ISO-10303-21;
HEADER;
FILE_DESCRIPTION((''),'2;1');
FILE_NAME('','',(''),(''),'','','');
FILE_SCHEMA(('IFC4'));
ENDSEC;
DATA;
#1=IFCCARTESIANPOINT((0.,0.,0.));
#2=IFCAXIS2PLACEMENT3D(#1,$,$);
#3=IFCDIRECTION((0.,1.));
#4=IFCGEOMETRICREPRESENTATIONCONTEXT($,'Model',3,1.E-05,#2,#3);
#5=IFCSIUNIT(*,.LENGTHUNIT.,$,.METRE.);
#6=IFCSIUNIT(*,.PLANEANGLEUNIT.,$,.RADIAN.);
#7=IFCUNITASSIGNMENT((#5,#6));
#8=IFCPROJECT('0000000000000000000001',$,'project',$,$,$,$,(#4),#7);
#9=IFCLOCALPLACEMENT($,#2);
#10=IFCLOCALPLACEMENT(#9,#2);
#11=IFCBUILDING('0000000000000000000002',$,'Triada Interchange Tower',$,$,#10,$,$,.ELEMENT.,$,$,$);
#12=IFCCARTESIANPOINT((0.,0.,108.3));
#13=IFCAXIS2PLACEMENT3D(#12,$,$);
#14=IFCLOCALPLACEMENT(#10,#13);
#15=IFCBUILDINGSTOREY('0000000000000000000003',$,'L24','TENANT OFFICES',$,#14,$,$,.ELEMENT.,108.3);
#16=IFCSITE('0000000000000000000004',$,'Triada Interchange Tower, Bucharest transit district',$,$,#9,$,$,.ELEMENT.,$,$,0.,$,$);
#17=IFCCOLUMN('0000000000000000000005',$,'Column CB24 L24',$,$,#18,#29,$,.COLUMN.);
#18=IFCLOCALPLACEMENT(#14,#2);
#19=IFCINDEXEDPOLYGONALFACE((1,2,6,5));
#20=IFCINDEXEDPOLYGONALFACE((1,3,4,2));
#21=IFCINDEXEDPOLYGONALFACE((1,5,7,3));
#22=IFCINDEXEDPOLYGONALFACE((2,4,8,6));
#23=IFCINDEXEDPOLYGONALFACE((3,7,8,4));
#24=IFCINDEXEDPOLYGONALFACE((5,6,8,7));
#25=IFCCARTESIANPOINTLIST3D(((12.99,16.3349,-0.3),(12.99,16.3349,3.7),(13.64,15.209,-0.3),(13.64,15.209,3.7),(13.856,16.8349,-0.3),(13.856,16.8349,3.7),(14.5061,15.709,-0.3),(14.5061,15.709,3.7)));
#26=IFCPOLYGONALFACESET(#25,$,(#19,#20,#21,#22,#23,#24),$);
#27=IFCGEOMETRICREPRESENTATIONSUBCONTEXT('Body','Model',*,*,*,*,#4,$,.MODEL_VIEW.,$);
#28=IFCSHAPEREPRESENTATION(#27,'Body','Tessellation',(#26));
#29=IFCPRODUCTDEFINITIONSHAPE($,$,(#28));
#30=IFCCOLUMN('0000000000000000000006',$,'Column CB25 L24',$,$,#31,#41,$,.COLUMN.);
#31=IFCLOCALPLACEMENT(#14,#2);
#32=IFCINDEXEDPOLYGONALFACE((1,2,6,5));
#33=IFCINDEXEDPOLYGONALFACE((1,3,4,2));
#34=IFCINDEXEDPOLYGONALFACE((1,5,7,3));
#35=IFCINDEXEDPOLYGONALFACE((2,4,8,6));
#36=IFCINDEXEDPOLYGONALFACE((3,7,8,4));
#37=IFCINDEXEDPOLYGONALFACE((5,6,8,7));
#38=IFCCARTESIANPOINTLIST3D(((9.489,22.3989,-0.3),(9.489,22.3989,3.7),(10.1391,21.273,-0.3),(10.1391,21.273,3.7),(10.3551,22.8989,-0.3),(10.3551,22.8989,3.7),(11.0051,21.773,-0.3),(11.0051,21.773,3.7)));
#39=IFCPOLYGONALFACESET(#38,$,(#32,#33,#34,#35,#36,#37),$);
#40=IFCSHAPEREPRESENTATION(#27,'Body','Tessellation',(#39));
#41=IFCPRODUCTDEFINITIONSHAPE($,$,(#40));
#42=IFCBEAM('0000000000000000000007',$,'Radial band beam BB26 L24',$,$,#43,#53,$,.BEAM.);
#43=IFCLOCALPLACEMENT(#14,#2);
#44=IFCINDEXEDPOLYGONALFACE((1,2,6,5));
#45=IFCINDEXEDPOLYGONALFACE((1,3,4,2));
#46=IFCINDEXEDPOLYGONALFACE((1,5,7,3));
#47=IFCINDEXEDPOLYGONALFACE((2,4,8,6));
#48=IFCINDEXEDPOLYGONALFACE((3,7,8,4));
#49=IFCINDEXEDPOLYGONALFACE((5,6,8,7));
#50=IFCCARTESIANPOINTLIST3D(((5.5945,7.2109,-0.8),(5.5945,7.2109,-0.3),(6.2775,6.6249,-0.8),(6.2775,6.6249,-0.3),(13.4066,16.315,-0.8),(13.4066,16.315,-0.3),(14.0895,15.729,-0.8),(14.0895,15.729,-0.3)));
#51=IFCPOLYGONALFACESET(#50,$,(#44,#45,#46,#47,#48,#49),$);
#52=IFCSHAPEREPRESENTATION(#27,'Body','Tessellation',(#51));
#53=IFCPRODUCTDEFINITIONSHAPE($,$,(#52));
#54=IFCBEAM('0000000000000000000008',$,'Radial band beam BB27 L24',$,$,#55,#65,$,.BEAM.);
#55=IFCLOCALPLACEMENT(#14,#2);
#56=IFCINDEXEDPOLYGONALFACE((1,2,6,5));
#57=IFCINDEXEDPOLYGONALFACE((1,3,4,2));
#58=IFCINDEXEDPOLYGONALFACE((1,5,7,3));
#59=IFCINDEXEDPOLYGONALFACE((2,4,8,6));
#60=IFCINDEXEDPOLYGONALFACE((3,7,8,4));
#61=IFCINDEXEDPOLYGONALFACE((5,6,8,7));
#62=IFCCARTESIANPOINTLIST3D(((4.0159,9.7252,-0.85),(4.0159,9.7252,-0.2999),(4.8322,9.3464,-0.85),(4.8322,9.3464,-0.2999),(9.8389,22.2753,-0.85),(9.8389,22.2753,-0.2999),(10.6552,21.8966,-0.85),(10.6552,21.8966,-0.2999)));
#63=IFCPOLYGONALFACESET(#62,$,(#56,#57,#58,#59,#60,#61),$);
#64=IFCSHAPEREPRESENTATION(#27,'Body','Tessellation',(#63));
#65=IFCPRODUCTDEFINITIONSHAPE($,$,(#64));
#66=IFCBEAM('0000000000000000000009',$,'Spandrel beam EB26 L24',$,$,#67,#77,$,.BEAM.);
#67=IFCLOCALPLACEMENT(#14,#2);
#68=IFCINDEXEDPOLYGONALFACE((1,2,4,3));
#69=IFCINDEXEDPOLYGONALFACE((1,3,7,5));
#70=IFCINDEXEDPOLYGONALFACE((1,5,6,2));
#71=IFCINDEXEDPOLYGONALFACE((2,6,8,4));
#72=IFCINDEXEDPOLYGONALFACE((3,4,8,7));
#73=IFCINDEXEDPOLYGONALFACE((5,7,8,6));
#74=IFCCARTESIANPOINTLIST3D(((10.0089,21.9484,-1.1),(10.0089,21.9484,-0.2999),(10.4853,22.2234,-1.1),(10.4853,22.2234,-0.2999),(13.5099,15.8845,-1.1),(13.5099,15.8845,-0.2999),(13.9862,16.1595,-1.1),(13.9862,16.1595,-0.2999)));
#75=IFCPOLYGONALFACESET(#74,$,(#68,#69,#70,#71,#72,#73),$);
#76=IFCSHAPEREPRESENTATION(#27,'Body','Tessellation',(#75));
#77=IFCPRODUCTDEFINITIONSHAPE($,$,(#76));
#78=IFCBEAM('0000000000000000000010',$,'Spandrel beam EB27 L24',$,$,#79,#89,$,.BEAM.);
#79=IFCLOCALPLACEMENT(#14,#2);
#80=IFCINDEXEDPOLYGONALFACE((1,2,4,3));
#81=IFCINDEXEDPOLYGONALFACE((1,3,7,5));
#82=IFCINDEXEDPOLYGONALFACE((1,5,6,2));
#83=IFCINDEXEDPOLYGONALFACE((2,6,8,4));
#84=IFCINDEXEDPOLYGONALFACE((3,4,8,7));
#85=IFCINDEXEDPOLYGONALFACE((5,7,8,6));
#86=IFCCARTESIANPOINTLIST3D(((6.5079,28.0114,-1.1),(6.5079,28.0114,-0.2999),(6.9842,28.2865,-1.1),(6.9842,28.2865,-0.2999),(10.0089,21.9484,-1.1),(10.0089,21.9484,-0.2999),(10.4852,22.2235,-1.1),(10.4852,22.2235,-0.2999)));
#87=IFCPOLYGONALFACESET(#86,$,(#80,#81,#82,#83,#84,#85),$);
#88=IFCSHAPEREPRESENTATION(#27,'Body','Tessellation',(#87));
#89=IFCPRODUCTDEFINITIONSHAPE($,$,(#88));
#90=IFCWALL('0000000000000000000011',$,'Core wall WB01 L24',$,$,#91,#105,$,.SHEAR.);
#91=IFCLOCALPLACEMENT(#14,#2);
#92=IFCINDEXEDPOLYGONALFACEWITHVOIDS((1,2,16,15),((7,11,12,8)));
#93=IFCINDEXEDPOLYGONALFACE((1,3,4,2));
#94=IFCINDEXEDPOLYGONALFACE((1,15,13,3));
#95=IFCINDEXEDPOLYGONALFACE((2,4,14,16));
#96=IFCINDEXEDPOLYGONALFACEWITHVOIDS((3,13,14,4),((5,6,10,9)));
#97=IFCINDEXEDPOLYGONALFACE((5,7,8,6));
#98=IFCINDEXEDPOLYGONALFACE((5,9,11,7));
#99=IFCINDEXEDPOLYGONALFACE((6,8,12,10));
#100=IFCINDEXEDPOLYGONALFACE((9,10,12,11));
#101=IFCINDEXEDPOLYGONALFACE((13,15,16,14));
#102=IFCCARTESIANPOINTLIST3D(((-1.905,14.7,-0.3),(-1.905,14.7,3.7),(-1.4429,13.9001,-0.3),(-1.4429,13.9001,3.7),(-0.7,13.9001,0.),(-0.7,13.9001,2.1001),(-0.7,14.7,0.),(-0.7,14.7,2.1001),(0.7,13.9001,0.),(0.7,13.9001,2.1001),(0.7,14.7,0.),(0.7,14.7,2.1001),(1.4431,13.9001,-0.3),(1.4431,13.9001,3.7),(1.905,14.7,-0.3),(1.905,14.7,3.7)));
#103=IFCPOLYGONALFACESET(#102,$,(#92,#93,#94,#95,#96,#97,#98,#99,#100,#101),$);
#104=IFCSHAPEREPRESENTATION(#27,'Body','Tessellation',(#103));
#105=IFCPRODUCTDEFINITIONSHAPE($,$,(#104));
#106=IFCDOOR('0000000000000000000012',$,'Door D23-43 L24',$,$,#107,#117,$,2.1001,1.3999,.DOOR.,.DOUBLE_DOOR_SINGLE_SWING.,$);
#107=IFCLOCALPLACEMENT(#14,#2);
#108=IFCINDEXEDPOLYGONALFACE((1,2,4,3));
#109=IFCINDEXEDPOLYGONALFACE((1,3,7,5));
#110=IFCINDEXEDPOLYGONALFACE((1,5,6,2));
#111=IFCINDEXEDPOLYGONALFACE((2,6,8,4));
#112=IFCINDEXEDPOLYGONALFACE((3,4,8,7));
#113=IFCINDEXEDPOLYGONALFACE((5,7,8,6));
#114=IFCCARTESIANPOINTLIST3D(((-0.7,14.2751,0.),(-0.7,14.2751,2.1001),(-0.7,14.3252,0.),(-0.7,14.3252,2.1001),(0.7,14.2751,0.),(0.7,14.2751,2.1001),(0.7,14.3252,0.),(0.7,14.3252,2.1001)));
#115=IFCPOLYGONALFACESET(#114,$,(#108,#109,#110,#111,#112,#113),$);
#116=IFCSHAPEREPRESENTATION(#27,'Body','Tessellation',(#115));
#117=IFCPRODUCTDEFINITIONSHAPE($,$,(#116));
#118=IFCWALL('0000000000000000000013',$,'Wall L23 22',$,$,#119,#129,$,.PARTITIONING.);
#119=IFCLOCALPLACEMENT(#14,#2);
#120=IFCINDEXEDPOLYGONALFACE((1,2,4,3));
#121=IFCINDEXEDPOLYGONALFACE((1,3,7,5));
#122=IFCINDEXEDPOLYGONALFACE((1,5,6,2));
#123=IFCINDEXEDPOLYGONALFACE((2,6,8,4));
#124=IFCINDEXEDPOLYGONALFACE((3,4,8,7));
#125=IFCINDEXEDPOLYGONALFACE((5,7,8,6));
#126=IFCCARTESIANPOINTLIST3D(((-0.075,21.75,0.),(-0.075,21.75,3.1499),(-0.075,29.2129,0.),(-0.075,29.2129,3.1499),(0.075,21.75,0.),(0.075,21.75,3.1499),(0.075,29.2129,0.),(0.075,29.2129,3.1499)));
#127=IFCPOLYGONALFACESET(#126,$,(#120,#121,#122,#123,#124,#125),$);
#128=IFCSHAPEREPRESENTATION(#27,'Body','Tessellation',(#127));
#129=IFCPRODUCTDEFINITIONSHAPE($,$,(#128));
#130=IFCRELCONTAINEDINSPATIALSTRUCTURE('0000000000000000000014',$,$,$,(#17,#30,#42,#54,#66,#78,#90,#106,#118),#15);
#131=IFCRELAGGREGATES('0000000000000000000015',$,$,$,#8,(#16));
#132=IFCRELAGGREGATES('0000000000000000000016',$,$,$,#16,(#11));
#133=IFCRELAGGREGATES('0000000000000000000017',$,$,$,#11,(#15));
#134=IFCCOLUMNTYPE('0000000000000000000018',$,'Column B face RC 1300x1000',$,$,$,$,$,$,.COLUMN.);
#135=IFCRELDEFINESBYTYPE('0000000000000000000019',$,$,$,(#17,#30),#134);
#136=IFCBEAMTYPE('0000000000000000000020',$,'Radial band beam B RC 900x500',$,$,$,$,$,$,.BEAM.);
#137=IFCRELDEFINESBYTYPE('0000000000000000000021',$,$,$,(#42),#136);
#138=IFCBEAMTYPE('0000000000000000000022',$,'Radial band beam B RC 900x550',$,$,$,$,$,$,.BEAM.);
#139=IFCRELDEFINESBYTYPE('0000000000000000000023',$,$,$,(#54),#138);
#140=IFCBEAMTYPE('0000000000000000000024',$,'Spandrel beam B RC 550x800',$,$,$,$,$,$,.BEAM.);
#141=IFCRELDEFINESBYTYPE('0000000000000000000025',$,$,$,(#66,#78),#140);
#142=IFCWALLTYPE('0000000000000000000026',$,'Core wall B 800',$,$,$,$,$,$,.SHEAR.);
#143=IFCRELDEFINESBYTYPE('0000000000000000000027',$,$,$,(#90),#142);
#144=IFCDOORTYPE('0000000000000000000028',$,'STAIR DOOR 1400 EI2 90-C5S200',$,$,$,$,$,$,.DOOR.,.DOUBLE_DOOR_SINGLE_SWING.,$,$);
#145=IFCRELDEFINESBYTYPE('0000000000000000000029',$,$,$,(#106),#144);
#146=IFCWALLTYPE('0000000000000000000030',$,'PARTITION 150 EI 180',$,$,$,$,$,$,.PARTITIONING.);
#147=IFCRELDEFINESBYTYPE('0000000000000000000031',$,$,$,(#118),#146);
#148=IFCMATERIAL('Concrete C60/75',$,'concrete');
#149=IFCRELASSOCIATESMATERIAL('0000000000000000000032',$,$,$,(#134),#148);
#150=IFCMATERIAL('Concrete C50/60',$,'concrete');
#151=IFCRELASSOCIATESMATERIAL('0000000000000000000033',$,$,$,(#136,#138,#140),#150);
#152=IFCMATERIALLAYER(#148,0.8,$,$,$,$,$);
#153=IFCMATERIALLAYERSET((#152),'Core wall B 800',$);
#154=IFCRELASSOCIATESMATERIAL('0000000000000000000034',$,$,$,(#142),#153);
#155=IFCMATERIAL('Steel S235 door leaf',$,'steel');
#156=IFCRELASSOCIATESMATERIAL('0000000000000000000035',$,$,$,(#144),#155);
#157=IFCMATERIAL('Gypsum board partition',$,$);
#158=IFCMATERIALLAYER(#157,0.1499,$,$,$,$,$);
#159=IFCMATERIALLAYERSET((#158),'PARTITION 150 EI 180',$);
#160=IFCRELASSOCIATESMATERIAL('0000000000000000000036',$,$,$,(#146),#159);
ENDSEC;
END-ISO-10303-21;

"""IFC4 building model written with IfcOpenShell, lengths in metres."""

from ifc_helpers import new_model, si_unit, direction, frame, frame_2d, origin, origin_2d, place, context, subcontext, project, spatial, polyline, rectangle, outline, extrude, material, layer, layer_set, material_profile, profile_set, type_object, element, fill, save


model = new_model("IFC4")

# Units and contexts
model_context = context("Model", 3, precision=1e-05, world=origin(), true_north=direction((0.0, 1.0)))
body_context = subcontext(model_context, "Body", "Model", "MODEL_VIEW")
ifc_project = project(units=[si_unit("LENGTHUNIT", "METRE"), si_unit("PLANEANGLEUNIT", "RADIAN")], contexts=[model_context])

# Site, building, storey
site_placement = place(None, origin())
site = spatial("IfcSite", under=ifc_project, at=site_placement, Name="Triada Interchange Tower, Bucharest transit district", CompositionType="ELEMENT", RefElevation=0.0)
building_placement = place(site_placement, origin())
building = spatial("IfcBuilding", under=site, at=building_placement, Name="Triada Interchange Tower", CompositionType="ELEMENT")
storey_placement = place(building_placement, frame((0.0, 0.0, 108.3)))
storey = spatial("IfcBuildingStorey", under=building, at=storey_placement, Name="L24", Description="TENANT OFFICES", CompositionType="ELEMENT", Elevation=108.3)

# Columns
ifc_material_1 = material(Name="Concrete C60/75", Category="concrete")
ifc_material_profile_1 = material_profile(ifc_material_1, rectangle(XDim=1.3, YDim=1.0, at=origin_2d()), Name="RC 1300x1000")
ifc_profile_set_1 = profile_set([ifc_material_profile_1], Name="Concrete C60/75")
column_type = type_object("IfcColumnType", Name="Column B face RC 1300x1000", PredefinedType="COLUMN", material=ifc_profile_set_1)
for number, where, z_axis, x_axis, name in (
    (1, (13.748, 16.022, -0.3), (0.0, 0.0, 1.0), (-0.5, 0.866025, 0.0), "Column CB24 L24"),
    (2, (10.2471, 22.0859, -0.3), (0.0, 0.0, 1.0), (-0.5, 0.866025, 0.0), "Column CB25 L24"),
):
    element("IfcColumn", number, at=place(storey_placement, frame(where, z_axis=z_axis, x_axis=x_axis)), inside=storey, type_object=column_type, Name=name, PredefinedType="COLUMN", context=body_context, shape_type="SweptSolid", body=[
        extrude(rectangle(XDim=1.3, YDim=1.0, at=origin_2d()), origin(), (0.0, 0.0, 1.0), 4.0),
    ])

# Beams
ifc_material_2 = material(Name="Concrete C50/60", Category="concrete")
ifc_material_profile_2 = material_profile(ifc_material_2, rectangle(XDim=0.8999, YDim=0.5, at=origin_2d()), Name="RC 900x500")
ifc_profile_set_2 = profile_set([ifc_material_profile_2], Name="Concrete C50/60")
beam_type_1 = type_object("IfcBeamType", Name="Radial band beam B RC 900x500", PredefinedType="BEAM", material=ifc_profile_set_2)
beam_1_placement = place(storey_placement, frame((13.748, 16.022, -0.55), z_axis=(-0.651204, -0.758903, 0.0), x_axis=(0.758903, -0.651204, 0.0)))
element("IfcBeam", 3, at=beam_1_placement, inside=storey, type_object=beam_type_1, Name="Radial band beam BB26 L24", PredefinedType="BEAM", context=body_context, shape_type="SweptSolid", body=[
    extrude(rectangle(XDim=0.8999, YDim=0.5, at=origin_2d()), origin(), (0.0, 0.0, 1.0), 11.9963),
])
ifc_material_profile_3 = material_profile(ifc_material_2, rectangle(XDim=0.8999, YDim=0.55, at=origin_2d()), Name="RC 900x550")
ifc_profile_set_3 = profile_set([ifc_material_profile_3], Name="Concrete C50/60")
beam_type_2 = type_object("IfcBeamType", Name="Radial band beam B RC 900x550", PredefinedType="BEAM", material=ifc_profile_set_3)
beam_2_placement = place(storey_placement, frame((10.2471, 22.0859, -0.575), z_axis=(-0.420885, -0.907114, 0.0), x_axis=(0.907114, -0.420885, 0.0)))
element("IfcBeam", 4, at=beam_2_placement, inside=storey, type_object=beam_type_2, Name="Radial band beam BB27 L24", PredefinedType="BEAM", context=body_context, shape_type="SweptSolid", body=[
    extrude(rectangle(XDim=0.8999, YDim=0.55, at=origin_2d()), origin(), (0.0, 0.0, 1.0), 13.8352),
])
ifc_material_profile_4 = material_profile(ifc_material_2, rectangle(XDim=0.55, YDim=0.8, at=origin_2d()), Name="RC 550x800")
ifc_profile_set_4 = profile_set([ifc_material_profile_4], Name="Concrete C50/60")
beam_type_3 = type_object("IfcBeamType", Name="Spandrel beam B RC 550x800", PredefinedType="BEAM", material=ifc_profile_set_4)
beam_3_placement = place(storey_placement, frame((13.748, 16.022, -0.7), z_axis=(-0.499994, 0.866029, 0.0), x_axis=(-0.866029, -0.499994, 0.0)))
element("IfcBeam", 5, at=beam_3_placement, inside=storey, type_object=beam_type_3, Name="Spandrel beam EB26 L24", PredefinedType="BEAM", context=body_context, shape_type="SweptSolid", body=[
    extrude(rectangle(XDim=0.55, YDim=0.8, at=origin_2d()), origin(), (0.0, 0.0, 1.0), 7.002),
])
beam_4_placement = place(storey_placement, frame((10.2471, 22.0859, -0.7), z_axis=(-0.500054, 0.865994, 0.0), x_axis=(-0.865994, -0.500054, 0.0)))
element("IfcBeam", 6, at=beam_4_placement, inside=storey, type_object=beam_type_3, Name="Spandrel beam EB27 L24", PredefinedType="BEAM", context=body_context, shape_type="SweptSolid", body=[
    extrude(rectangle(XDim=0.55, YDim=0.8, at=origin_2d()), origin(), (0.0, 0.0, 1.0), 7.0012),
])

# Wall, opening, door
ifc_layer_1 = layer(ifc_material_1, 0.8)
ifc_layer_set_1 = layer_set([ifc_layer_1], Name="Core wall B 800")
wall_type_1 = type_object("IfcWallType", Name="Core wall B 800", PredefinedType="SHEAR", material=ifc_layer_set_1)
wall_1_placement = place(storey_placement, frame((1.6741, 14.3, -0.3), z_axis=(0.0, 0.0, 1.0), x_axis=(-1.0, 0.0, 0.0)))
wall_1 = element("IfcWall", 7, at=wall_1_placement, inside=storey, type_object=wall_type_1, Name="Core wall WB01 L24", PredefinedType="SHEAR", context=body_context, shape_type="SweptSolid", body=[
    extrude(outline(polyline([(-0.231, -0.3999), (1.6741, -0.3999), (3.5791, -0.3999), (3.1169, 0.3999), (1.6738, 0.3999), (0.231, 0.3999), (-0.231, -0.3999)])), origin(), (0.0, 0.0, 1.0), 4.0),
])
opening_1_placement = place(wall_1_placement, frame((0.9741, 0.0, 0.3)))
opening_1 = element("IfcOpeningElement", 8, at=opening_1_placement, cuts=wall_1, PredefinedType="OPENING", context=body_context, shape_type="SweptSolid", body=[
    extrude(rectangle(XDim=1.3999, YDim=2.1001, at=frame_2d((0.7, 1.05))), frame((0.0, 0.4099, 0.0), z_axis=(0.0, -1.0, 0.0), x_axis=(1.0, 0.0, 0.0)), (0.0, 0.0, 1.0), 0.8201),
])
ifc_material_3 = material(Name="Steel S235 door leaf", Category="steel")
door_type_1 = type_object("IfcDoorType", Name="STAIR DOOR 1400 EI2 90-C5S200", OperationType="DOUBLE_DOOR_SINGLE_SWING", PredefinedType="DOOR", material=ifc_material_3)
door_1_placement = place(opening_1_placement, origin())
door_1 = element("IfcDoor", 9, at=door_1_placement, inside=storey, type_object=door_type_1, Name="Door D23-43 L24", OperationType="DOUBLE_DOOR_SINGLE_SWING", OverallHeight=2.1001, OverallWidth=1.3999, PredefinedType="DOOR", context=body_context, shape_type="SweptSolid", body=[
    extrude(rectangle(XDim=1.3999, YDim=2.1001, at=frame_2d((0.7, 1.05))), frame((0.0, 0.0249, 0.0), z_axis=(0.0, -1.0, 0.0), x_axis=(1.0, 0.0, 0.0)), (0.0, 0.0, 1.0), 0.05),
])
fill(opening_1, door_1)

# Wall
ifc_material_4 = material(Name="Gypsum board partition")
ifc_layer_2 = layer(ifc_material_4, 0.1499)
ifc_layer_set_2 = layer_set([ifc_layer_2], Name="PARTITION 150 EI 180")
wall_type_2 = type_object("IfcWallType", Name="PARTITION 150 EI 180", PredefinedType="PARTITIONING", material=ifc_layer_set_2)
wall_2_placement = place(storey_placement, frame((0.0, 21.75, 0.0), z_axis=(0.0, 0.0, 1.0), x_axis=(0.0, 1.0, 0.0)))
element("IfcWall", 10, at=wall_2_placement, inside=storey, type_object=wall_type_2, Name="Wall L23 22", PredefinedType="PARTITIONING", context=body_context, shape_type="SweptSolid", body=[
    extrude(rectangle(XDim=7.4629, YDim=0.1499, at=frame_2d((3.7314, 0.0))), origin(), (0.0, 0.0, 1.0), 3.1499),
])

save(model, "model.ifc")
